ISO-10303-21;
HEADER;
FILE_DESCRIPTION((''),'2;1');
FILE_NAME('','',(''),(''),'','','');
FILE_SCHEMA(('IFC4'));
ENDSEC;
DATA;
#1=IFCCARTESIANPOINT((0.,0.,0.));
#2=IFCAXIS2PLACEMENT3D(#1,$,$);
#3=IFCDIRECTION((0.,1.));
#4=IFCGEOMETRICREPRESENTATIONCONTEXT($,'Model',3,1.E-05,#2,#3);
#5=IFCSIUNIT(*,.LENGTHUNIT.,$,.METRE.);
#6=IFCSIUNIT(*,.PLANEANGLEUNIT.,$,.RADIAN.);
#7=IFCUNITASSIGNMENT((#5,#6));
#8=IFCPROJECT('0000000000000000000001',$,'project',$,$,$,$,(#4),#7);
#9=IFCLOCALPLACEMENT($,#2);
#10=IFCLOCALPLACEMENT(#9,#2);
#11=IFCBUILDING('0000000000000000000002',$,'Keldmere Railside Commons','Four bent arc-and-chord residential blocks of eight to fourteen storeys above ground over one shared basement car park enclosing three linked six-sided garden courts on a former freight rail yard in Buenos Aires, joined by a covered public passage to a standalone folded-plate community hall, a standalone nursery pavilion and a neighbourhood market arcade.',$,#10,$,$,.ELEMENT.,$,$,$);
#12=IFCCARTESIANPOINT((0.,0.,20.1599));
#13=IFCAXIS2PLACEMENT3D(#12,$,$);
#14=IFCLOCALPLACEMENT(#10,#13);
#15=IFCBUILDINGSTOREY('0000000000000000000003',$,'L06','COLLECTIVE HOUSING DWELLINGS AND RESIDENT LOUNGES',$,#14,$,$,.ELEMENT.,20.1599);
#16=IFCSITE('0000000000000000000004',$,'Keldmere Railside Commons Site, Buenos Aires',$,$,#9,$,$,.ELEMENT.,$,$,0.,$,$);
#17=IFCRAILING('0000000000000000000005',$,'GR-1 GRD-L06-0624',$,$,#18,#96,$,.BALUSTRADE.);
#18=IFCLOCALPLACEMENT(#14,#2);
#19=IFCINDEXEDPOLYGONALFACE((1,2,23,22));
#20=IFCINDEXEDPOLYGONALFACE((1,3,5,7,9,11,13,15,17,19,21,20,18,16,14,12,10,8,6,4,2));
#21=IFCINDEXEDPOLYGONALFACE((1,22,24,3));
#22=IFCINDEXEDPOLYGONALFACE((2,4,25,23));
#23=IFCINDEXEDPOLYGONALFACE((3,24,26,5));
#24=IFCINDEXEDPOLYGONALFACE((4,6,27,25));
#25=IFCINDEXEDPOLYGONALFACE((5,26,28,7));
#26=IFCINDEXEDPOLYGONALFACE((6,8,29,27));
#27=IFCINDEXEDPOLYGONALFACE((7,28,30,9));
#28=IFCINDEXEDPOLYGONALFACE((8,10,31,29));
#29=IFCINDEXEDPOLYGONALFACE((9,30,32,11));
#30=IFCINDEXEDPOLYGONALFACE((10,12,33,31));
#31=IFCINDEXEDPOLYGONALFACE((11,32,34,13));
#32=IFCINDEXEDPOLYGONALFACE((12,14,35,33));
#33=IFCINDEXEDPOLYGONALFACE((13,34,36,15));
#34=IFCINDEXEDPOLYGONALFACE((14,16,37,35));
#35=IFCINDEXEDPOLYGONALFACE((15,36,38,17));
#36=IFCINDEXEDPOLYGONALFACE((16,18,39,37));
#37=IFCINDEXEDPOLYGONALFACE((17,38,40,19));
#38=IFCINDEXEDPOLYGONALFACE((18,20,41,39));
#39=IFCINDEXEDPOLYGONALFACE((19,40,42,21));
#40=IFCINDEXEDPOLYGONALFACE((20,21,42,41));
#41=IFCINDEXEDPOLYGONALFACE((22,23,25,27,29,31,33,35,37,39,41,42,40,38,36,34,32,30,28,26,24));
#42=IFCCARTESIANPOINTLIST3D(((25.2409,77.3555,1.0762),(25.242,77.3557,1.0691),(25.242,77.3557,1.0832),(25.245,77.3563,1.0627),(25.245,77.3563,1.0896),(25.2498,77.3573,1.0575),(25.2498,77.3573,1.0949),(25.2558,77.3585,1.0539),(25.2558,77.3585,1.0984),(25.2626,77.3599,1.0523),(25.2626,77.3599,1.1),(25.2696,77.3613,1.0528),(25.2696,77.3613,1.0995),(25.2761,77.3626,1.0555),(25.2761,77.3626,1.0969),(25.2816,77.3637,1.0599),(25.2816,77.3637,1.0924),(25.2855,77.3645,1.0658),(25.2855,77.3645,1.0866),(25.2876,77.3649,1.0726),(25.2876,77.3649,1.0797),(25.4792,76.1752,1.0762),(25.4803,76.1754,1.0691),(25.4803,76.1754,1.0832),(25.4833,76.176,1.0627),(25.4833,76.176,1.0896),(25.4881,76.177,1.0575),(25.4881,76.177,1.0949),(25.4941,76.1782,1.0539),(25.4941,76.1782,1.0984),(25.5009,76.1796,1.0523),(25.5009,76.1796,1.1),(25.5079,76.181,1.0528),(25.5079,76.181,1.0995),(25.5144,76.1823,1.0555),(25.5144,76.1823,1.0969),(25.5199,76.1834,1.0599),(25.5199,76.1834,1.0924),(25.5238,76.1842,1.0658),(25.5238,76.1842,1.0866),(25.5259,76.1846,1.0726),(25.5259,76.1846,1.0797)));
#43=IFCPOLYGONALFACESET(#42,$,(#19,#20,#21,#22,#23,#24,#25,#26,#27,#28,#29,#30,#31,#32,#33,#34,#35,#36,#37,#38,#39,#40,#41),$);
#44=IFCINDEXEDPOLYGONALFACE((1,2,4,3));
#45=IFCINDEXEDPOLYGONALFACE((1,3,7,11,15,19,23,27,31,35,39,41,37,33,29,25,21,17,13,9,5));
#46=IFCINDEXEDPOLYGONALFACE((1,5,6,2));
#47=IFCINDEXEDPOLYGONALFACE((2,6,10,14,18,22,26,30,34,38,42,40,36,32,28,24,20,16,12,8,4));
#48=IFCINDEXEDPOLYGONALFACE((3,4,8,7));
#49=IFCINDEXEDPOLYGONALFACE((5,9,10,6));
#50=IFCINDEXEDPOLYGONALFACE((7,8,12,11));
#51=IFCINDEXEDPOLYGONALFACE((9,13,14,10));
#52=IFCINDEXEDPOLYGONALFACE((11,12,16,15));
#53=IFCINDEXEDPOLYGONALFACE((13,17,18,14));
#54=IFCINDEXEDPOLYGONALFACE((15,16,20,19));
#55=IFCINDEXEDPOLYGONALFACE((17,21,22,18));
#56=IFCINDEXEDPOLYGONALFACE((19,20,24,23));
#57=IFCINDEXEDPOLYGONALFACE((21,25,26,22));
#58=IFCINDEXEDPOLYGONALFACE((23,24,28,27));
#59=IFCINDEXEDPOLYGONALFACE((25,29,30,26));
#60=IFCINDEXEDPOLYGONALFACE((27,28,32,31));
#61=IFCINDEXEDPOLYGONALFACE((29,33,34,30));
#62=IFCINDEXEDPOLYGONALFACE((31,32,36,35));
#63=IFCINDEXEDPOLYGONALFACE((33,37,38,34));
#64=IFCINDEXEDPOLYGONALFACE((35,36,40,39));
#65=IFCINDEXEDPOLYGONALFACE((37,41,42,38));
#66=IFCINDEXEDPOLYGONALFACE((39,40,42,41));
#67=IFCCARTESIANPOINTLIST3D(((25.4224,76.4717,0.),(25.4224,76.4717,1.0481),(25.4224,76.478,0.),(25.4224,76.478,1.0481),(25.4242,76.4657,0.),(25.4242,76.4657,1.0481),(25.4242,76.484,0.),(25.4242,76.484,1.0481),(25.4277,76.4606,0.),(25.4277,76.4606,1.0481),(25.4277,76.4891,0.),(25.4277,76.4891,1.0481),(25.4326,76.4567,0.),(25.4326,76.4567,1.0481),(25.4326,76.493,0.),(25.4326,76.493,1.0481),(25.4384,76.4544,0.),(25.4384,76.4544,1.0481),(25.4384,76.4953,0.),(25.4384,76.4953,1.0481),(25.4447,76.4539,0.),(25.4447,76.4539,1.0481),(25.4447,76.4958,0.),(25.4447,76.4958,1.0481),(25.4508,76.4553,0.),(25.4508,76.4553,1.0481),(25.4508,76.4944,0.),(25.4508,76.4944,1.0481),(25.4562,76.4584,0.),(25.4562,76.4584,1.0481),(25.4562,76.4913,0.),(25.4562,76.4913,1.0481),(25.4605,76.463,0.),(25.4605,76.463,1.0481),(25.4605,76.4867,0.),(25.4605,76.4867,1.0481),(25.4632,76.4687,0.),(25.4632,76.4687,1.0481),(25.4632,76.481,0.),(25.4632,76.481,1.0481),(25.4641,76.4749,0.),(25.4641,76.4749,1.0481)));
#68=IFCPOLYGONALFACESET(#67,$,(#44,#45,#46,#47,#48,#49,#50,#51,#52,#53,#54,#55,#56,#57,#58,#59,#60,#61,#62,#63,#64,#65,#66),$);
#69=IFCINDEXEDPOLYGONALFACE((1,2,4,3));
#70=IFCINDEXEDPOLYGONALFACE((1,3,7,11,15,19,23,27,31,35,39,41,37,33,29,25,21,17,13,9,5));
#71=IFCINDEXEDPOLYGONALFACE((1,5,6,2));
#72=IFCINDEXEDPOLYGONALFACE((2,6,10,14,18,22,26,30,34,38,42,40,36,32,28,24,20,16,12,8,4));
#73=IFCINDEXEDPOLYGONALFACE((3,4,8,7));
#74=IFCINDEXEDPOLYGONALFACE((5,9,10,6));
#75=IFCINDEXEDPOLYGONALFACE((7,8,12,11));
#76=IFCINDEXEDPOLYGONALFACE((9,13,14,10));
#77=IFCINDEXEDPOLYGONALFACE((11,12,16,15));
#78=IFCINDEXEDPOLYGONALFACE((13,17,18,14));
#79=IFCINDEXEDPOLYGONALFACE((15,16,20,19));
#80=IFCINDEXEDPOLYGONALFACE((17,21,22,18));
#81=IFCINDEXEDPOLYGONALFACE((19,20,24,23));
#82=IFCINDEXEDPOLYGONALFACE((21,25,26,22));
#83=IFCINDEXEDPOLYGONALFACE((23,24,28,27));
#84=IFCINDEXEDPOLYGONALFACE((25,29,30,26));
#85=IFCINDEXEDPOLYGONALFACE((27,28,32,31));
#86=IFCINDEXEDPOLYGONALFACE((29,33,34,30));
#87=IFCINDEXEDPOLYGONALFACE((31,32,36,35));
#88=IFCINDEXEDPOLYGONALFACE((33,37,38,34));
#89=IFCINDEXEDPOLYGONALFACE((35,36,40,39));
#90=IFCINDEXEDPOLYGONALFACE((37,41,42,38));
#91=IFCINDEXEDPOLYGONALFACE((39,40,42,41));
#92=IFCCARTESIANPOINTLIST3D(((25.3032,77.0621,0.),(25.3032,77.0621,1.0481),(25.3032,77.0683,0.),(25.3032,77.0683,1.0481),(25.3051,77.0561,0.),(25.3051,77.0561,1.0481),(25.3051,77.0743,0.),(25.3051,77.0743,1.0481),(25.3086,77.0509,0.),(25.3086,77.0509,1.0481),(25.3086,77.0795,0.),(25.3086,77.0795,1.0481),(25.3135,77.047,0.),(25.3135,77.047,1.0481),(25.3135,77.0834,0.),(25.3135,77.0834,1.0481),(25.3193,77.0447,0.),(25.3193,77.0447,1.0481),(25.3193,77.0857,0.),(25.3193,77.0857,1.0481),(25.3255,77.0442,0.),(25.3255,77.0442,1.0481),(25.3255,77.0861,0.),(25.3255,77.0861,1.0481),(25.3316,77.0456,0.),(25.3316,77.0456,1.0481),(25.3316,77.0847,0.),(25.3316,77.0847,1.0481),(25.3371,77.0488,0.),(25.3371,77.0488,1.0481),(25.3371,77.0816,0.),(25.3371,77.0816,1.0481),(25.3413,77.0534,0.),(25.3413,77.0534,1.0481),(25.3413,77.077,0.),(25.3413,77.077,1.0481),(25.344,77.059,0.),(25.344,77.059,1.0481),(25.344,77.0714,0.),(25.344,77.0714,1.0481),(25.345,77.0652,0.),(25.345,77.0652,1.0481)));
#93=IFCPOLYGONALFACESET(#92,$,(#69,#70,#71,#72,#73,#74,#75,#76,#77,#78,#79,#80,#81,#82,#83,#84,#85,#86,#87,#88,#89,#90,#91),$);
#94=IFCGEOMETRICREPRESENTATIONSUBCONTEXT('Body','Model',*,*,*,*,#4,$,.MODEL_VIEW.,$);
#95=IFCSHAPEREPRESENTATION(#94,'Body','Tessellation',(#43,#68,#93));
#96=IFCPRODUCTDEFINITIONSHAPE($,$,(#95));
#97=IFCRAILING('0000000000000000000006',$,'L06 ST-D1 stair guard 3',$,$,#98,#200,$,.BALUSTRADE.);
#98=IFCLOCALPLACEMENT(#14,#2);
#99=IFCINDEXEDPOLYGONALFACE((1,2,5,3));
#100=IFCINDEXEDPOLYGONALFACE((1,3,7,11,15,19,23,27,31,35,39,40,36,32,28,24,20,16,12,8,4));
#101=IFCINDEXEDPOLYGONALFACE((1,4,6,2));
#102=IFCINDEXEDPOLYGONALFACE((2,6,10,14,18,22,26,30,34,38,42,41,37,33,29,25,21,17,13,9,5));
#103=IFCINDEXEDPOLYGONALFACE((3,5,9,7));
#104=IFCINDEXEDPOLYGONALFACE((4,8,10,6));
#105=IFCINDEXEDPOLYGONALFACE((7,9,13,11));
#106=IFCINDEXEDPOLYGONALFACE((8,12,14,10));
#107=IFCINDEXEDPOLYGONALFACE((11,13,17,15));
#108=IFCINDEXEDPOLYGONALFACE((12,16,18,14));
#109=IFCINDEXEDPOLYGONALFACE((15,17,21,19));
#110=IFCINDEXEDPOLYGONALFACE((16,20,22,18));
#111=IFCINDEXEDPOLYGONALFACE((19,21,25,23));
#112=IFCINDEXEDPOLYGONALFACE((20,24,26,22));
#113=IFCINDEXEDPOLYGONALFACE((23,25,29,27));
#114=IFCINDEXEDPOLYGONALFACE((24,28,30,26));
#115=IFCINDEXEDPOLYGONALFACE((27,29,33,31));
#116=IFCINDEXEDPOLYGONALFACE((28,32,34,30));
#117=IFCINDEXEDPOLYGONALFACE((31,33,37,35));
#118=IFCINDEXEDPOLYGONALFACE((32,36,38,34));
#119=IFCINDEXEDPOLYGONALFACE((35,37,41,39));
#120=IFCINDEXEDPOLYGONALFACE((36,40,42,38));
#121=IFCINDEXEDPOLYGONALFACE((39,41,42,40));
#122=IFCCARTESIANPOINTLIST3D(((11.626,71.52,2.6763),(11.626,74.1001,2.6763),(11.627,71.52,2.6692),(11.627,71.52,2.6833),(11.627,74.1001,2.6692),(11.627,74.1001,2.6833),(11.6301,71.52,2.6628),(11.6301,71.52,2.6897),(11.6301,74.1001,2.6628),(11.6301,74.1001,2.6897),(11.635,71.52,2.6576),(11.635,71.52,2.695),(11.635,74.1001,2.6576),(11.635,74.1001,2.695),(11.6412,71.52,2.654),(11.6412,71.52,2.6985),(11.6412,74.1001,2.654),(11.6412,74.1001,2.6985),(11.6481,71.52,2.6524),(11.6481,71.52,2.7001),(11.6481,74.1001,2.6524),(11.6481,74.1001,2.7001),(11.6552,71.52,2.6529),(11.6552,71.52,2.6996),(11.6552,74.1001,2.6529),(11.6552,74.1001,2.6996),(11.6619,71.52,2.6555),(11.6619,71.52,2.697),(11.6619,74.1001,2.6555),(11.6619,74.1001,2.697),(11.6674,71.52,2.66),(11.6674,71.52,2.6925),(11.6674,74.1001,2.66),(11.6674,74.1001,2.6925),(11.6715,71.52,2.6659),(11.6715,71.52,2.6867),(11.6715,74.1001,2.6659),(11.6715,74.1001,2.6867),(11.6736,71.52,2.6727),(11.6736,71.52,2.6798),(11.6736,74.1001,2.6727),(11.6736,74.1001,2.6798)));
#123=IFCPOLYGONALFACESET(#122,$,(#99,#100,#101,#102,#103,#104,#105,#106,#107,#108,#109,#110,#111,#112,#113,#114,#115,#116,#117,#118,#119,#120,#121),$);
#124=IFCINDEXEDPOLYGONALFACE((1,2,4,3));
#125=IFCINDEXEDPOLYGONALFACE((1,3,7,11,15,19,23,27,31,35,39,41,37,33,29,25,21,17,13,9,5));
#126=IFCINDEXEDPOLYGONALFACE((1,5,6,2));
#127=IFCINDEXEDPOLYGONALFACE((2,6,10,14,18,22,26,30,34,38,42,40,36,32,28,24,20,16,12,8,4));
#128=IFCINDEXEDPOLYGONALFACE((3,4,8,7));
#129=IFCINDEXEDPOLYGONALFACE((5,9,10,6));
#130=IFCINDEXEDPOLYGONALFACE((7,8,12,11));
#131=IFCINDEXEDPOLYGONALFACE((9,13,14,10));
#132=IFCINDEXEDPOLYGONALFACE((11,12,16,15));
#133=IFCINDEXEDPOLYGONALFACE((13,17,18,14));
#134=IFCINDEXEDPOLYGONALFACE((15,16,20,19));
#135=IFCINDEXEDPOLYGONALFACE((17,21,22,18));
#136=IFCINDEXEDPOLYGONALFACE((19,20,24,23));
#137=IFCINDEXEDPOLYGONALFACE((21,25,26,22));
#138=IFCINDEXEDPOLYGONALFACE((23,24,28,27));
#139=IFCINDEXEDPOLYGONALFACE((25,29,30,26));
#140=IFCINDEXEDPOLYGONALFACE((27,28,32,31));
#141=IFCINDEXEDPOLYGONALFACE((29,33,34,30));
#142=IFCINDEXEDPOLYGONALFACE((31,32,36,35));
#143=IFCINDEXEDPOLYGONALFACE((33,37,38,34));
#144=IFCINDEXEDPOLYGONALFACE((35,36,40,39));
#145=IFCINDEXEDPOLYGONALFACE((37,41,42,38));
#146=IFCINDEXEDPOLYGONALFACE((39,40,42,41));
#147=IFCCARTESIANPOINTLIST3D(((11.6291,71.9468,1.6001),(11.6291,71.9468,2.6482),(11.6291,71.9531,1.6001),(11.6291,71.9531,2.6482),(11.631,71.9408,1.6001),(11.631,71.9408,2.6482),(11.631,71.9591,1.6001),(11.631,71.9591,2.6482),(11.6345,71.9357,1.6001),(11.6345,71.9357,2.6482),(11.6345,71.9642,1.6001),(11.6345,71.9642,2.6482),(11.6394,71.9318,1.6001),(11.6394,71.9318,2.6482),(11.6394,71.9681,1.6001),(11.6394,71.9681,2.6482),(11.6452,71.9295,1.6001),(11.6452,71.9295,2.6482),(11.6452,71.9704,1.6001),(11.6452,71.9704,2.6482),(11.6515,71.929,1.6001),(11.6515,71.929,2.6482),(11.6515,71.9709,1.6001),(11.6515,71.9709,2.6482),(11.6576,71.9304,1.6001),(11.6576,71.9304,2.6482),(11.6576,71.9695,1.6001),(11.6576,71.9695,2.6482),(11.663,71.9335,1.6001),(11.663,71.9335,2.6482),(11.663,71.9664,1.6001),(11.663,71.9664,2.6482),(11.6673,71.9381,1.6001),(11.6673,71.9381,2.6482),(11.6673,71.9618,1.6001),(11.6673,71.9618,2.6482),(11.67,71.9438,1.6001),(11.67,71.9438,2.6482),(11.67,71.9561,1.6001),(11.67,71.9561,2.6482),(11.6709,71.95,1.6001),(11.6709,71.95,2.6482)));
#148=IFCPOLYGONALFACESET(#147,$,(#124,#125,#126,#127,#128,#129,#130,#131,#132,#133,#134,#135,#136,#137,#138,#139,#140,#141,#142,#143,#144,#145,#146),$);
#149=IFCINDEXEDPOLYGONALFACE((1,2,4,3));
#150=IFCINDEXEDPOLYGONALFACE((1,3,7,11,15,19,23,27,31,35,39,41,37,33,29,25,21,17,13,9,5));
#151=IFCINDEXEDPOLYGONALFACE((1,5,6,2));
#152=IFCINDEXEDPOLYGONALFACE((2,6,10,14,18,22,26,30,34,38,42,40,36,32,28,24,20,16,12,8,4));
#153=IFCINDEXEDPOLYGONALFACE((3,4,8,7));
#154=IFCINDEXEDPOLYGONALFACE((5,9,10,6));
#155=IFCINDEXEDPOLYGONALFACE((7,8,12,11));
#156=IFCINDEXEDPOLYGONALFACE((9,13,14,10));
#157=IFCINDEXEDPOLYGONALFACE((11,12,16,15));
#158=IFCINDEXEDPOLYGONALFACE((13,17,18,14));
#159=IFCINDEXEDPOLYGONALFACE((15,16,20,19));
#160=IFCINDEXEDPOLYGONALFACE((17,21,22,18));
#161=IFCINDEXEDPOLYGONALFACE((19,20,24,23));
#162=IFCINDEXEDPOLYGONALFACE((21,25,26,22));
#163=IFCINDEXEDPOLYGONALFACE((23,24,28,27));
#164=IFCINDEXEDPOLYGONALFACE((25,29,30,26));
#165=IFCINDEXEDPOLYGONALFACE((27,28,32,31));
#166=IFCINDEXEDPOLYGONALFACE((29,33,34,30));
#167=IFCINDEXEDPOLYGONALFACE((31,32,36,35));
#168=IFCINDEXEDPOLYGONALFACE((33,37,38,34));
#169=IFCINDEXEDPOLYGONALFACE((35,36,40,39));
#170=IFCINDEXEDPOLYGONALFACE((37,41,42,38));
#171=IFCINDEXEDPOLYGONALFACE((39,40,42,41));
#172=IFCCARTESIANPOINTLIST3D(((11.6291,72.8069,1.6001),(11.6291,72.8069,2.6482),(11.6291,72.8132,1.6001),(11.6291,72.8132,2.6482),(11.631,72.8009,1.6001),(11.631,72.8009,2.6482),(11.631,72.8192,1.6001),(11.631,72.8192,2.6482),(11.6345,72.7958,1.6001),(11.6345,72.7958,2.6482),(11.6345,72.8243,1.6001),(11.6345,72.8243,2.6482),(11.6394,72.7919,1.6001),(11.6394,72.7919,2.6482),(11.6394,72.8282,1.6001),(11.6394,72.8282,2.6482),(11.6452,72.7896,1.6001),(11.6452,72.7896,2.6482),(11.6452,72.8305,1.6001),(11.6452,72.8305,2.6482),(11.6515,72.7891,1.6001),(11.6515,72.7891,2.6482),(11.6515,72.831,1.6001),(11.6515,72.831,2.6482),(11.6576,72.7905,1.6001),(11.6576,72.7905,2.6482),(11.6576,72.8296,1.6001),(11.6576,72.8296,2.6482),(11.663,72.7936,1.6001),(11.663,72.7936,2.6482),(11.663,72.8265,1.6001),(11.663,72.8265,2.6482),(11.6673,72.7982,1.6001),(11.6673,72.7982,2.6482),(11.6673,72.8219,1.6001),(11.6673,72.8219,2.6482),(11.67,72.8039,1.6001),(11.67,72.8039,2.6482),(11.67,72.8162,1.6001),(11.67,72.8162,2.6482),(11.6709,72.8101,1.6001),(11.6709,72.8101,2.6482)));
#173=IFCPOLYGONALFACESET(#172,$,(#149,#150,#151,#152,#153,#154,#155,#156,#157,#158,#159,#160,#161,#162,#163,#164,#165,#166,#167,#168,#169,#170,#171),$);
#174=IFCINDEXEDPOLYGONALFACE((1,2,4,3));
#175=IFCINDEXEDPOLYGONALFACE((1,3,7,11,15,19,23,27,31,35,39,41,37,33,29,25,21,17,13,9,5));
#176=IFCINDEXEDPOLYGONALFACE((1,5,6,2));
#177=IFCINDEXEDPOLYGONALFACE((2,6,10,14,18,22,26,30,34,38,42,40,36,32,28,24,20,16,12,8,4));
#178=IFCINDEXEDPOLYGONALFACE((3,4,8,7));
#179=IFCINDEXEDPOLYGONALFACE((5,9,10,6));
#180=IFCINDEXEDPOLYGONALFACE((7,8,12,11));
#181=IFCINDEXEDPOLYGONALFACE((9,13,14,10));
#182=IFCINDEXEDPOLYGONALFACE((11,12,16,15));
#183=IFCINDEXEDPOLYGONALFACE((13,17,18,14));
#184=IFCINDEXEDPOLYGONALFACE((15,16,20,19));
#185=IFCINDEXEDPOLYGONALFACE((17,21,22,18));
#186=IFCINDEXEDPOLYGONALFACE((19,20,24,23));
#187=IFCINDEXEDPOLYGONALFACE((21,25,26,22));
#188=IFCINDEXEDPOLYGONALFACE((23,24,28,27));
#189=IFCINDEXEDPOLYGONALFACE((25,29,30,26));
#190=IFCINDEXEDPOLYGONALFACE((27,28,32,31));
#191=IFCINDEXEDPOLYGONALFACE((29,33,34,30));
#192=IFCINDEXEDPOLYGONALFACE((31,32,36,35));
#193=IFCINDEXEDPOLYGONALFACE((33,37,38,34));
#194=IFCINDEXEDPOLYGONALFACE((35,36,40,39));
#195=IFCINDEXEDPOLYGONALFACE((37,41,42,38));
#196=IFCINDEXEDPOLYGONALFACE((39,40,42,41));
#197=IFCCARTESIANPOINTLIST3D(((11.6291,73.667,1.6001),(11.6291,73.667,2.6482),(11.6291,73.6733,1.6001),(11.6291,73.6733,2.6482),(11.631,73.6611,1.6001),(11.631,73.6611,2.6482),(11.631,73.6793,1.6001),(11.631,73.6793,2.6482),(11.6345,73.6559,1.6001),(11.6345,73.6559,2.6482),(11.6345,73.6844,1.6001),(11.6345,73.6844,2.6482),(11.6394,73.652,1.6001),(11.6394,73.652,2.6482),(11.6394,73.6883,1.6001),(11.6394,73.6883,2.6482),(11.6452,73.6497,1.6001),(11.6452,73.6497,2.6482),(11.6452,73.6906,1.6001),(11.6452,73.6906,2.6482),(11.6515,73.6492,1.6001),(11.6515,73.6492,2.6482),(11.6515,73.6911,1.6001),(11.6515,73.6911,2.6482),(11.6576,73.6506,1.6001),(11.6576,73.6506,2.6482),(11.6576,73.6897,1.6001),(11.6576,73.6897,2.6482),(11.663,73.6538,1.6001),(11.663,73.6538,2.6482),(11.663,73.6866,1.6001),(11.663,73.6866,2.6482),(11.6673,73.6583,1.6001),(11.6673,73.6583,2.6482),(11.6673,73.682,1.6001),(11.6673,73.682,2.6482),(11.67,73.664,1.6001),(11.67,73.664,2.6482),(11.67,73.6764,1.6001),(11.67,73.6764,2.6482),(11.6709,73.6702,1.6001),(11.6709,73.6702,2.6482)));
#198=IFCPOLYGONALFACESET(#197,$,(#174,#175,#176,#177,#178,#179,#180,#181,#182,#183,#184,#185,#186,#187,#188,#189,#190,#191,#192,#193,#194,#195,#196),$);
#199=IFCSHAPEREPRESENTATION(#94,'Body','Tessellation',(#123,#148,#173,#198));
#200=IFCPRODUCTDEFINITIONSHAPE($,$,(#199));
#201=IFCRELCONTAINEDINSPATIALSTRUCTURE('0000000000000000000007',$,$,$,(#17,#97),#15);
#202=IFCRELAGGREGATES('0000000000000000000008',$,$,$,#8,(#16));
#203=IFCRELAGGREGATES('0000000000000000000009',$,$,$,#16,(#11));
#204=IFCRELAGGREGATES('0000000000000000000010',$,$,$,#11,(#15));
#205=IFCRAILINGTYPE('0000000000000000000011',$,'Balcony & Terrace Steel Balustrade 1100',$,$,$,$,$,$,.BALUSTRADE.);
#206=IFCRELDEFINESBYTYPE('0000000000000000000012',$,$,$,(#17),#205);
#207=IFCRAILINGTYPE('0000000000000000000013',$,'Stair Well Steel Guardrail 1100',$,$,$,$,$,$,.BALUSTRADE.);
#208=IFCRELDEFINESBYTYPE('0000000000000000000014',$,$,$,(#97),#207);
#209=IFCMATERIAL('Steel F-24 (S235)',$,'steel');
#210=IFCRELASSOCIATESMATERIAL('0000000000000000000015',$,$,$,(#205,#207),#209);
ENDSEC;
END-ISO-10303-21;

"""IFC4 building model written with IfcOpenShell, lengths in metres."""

from ifc_helpers import new_model, si_unit, direction, frame, origin, origin_2d, place, context, subcontext, project, spatial, circle, extrude, material, type_object, element, save


model = new_model("IFC4")

# Units and contexts
model_context = context("Model", 3, precision=1e-05, world=origin(), true_north=direction((0.0, 1.0)))
body_context = subcontext(model_context, "Body", "Model", "MODEL_VIEW")
ifc_project = project(units=[si_unit("LENGTHUNIT", "METRE"), si_unit("PLANEANGLEUNIT", "RADIAN")], contexts=[model_context])

# Site, building, storey
site_placement = place(None, origin())
site = spatial("IfcSite", under=ifc_project, at=site_placement, Name="Keldmere Railside Commons Site, Buenos Aires", CompositionType="ELEMENT", RefElevation=0.0)
building_placement = place(site_placement, origin())
building = spatial("IfcBuilding", under=site, at=building_placement, Name="Keldmere Railside Commons", Description="Four bent arc-and-chord residential blocks of eight to fourteen storeys above ground over one shared basement car park enclosing three linked six-sided garden courts on a former freight rail yard in Buenos Aires, joined by a covered public passage to a standalone folded-plate community hall, a standalone nursery pavilion and a neighbourhood market arcade.", CompositionType="ELEMENT")
storey_placement = place(building_placement, frame((0.0, 0.0, 20.1599)))
storey = spatial("IfcBuildingStorey", under=building, at=storey_placement, Name="L06", Description="COLLECTIVE HOUSING DWELLINGS AND RESIDENT LOUNGES", CompositionType="ELEMENT", Elevation=20.1599)

# Railings
ifc_material_1 = material(Name="Steel F-24 (S235)", Category="steel")
railing_type_1 = type_object("IfcRailingType", Name="Balcony & Terrace Steel Balustrade 1100", PredefinedType="BALUSTRADE", material=ifc_material_1)
railing_1_placement = place(storey_placement, frame((25.5027, 76.1799, 0.0)))
element("IfcRailing", 1, at=railing_1_placement, inside=storey, type_object=railing_type_1, Name="GR-1 GRD-L06-0624", PredefinedType="BALUSTRADE", context=body_context, shape_type="SweptSolid", body=[
    extrude(circle(Radius=0.0239, at=origin_2d()), frame((0.0, 0.0, 1.0762), z_axis=(-0.19791, 0.98022, 0.0), x_axis=(-0.98022, -0.19791, 0.0)), (0.0, 0.0, 1.0), 1.2041),
    extrude(circle(Radius=0.021, at=origin_2d()), frame((-0.0596, 0.2949, 0.0)), (0.0, 0.0, 1.0), 1.0481),
    extrude(circle(Radius=0.021, at=origin_2d()), frame((-0.1787, 0.8853, 0.0)), (0.0, 0.0, 1.0), 1.0481),
])
railing_type_2 = type_object("IfcRailingType", Name="Stair Well Steel Guardrail 1100", PredefinedType="BALUSTRADE", material=ifc_material_1)
railing_2_placement = place(storey_placement, frame((11.6499, 71.52, 1.6001)))
element("IfcRailing", 2, at=railing_2_placement, inside=storey, type_object=railing_type_2, Name="L06 ST-D1 stair guard 3", PredefinedType="BALUSTRADE", context=body_context, shape_type="SweptSolid", body=[
    extrude(circle(Radius=0.0239, at=origin_2d()), frame((0.0, 0.0, 1.0762), z_axis=(0.0, 1.0, 0.0), x_axis=(-1.0, 0.0, 0.0)), (0.0, 0.0, 1.0), 2.5801),
    extrude(circle(Radius=0.021, at=origin_2d()), frame((0.0, 0.4299, 0.0)), (0.0, 0.0, 1.0), 1.0481),
    extrude(circle(Radius=0.021, at=origin_2d()), frame((0.0, 1.29, 0.0)), (0.0, 0.0, 1.0), 1.0481),
    extrude(circle(Radius=0.021, at=origin_2d()), frame((0.0, 2.1501, 0.0)), (0.0, 0.0, 1.0), 1.0481),
])

save(model, "model.ifc")
